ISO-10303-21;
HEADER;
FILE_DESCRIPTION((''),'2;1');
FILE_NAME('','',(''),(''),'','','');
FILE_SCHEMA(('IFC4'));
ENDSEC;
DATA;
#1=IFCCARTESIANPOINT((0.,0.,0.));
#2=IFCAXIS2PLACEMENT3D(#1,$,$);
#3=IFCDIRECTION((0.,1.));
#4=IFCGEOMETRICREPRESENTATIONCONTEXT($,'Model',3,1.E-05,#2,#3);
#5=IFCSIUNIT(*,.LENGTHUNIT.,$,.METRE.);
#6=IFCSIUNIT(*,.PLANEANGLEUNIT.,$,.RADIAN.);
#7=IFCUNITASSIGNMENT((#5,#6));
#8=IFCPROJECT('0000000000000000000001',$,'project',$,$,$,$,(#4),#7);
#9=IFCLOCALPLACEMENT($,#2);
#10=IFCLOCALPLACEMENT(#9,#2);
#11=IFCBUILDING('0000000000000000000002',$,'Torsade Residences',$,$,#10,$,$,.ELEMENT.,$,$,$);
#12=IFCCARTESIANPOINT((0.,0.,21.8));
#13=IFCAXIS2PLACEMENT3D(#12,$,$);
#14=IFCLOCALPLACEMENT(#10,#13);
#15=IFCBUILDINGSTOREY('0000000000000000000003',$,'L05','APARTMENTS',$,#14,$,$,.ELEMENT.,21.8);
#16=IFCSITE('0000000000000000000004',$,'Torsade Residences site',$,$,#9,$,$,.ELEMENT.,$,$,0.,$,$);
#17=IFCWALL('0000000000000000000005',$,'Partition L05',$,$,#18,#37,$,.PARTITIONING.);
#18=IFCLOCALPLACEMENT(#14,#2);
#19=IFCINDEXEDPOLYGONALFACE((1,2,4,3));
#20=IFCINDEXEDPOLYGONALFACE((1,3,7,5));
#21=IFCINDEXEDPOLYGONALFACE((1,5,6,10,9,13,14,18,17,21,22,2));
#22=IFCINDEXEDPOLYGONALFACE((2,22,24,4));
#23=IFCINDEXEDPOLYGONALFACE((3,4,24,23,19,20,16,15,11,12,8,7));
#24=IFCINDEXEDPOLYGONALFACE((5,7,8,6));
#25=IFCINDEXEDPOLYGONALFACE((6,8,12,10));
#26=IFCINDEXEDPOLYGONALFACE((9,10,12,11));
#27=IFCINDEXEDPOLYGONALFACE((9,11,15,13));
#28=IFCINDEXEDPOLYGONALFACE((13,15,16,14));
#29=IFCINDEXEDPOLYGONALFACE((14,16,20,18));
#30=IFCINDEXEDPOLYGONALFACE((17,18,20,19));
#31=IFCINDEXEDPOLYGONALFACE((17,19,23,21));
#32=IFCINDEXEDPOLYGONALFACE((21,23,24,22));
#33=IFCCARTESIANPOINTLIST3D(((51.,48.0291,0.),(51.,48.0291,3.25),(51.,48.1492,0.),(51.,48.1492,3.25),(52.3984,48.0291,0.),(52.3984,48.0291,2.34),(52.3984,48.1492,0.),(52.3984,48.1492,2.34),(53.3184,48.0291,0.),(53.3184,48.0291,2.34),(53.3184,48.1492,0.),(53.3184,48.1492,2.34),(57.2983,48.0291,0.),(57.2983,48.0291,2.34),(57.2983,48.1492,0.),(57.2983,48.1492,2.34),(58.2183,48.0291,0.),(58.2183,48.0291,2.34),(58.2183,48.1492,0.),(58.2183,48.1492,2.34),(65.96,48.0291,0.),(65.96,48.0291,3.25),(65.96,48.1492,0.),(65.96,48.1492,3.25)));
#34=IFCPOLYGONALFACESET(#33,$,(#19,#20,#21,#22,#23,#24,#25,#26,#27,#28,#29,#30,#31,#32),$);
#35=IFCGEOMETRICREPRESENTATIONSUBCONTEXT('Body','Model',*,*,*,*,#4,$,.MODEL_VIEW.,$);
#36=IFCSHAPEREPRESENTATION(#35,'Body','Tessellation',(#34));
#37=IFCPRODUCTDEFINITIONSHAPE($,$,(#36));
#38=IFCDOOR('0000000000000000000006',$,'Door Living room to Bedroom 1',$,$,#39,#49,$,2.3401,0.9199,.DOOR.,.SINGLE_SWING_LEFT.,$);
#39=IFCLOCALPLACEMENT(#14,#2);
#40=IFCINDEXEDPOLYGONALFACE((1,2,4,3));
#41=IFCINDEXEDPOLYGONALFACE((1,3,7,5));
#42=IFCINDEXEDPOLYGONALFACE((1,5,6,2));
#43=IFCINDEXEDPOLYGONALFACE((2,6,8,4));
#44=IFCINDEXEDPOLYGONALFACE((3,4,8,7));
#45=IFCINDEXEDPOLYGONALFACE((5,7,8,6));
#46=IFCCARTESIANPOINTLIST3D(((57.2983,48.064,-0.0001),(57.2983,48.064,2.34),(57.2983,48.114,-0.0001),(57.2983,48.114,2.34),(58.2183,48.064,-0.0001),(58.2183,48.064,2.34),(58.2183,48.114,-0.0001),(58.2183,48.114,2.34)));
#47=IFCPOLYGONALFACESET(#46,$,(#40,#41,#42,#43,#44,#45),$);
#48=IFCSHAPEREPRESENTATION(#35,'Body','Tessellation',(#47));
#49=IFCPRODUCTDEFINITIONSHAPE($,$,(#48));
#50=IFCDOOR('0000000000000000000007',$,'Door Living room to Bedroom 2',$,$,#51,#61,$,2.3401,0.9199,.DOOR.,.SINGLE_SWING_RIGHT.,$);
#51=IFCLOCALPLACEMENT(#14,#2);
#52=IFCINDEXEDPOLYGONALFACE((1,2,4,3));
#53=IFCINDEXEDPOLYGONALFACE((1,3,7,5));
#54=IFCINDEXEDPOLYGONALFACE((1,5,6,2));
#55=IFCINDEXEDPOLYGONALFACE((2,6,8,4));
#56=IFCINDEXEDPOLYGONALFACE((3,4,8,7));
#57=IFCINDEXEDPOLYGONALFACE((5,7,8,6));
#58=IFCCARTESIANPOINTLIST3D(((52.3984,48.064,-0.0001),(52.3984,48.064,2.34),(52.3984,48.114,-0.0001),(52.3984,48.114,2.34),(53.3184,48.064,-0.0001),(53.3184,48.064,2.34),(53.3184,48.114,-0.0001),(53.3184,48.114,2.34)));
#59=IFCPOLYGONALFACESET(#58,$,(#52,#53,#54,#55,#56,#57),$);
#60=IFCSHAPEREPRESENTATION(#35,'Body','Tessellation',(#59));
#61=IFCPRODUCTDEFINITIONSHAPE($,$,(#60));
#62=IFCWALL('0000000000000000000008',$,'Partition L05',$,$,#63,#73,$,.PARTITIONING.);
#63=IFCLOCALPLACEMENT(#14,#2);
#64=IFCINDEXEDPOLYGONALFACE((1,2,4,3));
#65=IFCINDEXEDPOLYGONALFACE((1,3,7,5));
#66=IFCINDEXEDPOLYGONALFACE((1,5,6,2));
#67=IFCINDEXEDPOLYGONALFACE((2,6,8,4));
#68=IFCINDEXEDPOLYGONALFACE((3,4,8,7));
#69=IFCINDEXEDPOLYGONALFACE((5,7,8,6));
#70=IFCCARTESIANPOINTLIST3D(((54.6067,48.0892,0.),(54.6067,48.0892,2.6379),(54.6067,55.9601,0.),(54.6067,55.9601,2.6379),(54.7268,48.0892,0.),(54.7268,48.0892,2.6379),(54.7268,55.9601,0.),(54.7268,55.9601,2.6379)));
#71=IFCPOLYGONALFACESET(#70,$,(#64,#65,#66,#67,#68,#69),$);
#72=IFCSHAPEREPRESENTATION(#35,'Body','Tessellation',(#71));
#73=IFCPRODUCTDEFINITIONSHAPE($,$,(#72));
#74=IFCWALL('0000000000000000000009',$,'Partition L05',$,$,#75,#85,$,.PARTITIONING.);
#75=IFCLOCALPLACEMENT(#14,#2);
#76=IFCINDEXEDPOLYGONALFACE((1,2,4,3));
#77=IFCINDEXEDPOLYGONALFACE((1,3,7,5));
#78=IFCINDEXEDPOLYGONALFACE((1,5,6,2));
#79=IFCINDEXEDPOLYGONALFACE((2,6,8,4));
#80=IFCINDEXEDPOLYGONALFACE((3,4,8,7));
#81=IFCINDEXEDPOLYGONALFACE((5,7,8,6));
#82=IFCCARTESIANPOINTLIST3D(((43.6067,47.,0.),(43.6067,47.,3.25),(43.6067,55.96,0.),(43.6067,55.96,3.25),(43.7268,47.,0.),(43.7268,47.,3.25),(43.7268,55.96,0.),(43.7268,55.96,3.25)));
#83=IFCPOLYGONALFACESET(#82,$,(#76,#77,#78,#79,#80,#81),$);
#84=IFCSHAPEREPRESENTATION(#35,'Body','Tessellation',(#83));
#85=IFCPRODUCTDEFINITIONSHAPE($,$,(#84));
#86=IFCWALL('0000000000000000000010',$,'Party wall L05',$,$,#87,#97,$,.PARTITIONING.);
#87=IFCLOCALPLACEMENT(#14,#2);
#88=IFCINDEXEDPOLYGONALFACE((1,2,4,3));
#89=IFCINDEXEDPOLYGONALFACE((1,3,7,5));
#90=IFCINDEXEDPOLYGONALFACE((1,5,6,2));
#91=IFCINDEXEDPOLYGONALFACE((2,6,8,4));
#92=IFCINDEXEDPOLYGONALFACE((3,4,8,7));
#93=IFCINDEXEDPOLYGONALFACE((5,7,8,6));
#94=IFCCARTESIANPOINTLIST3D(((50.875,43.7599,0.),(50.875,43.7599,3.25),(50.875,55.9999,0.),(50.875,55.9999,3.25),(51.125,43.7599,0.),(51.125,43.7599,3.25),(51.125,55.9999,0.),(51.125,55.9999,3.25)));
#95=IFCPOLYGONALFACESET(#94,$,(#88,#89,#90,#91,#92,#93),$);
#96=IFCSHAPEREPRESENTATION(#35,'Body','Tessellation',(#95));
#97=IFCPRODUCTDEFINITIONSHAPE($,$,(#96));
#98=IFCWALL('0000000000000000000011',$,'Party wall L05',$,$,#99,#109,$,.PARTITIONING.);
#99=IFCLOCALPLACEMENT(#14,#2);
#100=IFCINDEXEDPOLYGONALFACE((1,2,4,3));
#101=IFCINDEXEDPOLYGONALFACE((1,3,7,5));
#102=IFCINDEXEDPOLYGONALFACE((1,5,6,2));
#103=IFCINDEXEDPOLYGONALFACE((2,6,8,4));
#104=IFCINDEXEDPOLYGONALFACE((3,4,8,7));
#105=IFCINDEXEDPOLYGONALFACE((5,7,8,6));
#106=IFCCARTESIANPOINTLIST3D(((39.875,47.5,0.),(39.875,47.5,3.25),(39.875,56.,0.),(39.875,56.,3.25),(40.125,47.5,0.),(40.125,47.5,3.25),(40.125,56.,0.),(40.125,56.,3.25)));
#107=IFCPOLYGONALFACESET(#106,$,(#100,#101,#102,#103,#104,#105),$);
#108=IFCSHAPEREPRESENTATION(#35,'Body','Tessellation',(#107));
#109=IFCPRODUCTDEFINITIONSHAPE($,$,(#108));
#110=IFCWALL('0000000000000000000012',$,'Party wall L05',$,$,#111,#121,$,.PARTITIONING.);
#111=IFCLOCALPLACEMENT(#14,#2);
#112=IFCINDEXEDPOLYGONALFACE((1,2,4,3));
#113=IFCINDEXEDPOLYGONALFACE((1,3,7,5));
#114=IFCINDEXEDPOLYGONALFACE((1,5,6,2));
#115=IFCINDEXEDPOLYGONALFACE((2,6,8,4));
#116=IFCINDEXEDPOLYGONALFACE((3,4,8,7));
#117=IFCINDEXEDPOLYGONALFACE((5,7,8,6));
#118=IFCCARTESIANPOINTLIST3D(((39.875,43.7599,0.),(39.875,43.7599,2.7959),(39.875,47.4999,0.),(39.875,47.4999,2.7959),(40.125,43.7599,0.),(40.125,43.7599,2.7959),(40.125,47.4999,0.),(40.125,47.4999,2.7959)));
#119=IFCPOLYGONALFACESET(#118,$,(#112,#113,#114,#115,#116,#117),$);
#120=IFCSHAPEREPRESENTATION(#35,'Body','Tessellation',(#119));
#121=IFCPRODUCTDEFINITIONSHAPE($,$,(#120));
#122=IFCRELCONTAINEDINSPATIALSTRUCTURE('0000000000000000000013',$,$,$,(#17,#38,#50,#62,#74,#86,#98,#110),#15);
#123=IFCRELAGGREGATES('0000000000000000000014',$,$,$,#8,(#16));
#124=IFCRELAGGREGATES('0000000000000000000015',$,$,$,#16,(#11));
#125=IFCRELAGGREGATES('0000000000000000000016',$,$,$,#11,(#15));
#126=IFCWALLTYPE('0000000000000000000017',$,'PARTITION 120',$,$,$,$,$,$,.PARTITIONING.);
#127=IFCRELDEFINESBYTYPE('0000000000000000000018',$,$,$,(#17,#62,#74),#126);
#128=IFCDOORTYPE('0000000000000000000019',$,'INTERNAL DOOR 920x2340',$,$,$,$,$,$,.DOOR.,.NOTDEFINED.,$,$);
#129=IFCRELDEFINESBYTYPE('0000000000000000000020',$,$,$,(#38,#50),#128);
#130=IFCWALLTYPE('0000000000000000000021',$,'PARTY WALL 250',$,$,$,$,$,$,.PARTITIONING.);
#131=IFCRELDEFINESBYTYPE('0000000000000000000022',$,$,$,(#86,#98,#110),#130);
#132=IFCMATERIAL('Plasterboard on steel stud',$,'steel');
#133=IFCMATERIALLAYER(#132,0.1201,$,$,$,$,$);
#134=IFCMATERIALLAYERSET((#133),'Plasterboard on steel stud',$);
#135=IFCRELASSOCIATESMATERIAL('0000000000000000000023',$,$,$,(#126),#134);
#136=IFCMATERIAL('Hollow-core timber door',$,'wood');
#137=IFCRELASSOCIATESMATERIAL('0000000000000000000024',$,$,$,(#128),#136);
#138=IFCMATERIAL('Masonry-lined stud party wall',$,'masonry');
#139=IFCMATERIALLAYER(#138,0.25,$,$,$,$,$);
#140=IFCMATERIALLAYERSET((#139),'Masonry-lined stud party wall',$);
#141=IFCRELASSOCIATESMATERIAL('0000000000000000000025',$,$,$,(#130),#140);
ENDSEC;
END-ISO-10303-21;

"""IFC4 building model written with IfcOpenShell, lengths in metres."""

from ifc_helpers import new_model, si_unit, direction, frame, frame_2d, origin, place, context, subcontext, project, spatial, rectangle, extrude, material, layer, layer_set, type_object, element, fill, save


model = new_model("IFC4")

# Units and contexts
model_context = context("Model", 3, precision=1e-05, world=origin(), true_north=direction((0.0, 1.0)))
body_context = subcontext(model_context, "Body", "Model", "MODEL_VIEW")
ifc_project = project(units=[si_unit("LENGTHUNIT", "METRE"), si_unit("PLANEANGLEUNIT", "RADIAN")], contexts=[model_context])

# Site, building, storey
site_placement = place(None, origin())
site = spatial("IfcSite", under=ifc_project, at=site_placement, Name="Torsade Residences site", CompositionType="ELEMENT", RefElevation=0.0)
building_placement = place(site_placement, origin())
building = spatial("IfcBuilding", under=site, at=building_placement, Name="Torsade Residences", CompositionType="ELEMENT")
storey_placement = place(building_placement, frame((0.0, 0.0, 21.8)))
storey = spatial("IfcBuildingStorey", under=building, at=storey_placement, Name="L05", Description="APARTMENTS", CompositionType="ELEMENT", Elevation=21.8)

# Wall, openings, doors
ifc_material_1 = material(Name="Plasterboard on steel stud", Category="steel")
ifc_layer_1 = layer(ifc_material_1, 0.1201)
ifc_layer_set_1 = layer_set([ifc_layer_1], Name="Plasterboard on steel stud")
wall_type_1 = type_object("IfcWallType", Name="PARTITION 120", PredefinedType="PARTITIONING", material=ifc_layer_set_1)
wall_1_placement = place(storey_placement, frame((51.0, 48.0891, 0.0), z_axis=(0.0, 0.0, 1.0), x_axis=(1.0, 0.0, 0.0)))
wall_1 = element("IfcWall", 1, at=wall_1_placement, inside=storey, type_object=wall_type_1, Name="Partition L05", PredefinedType="PARTITIONING", context=body_context, shape_type="SweptSolid", body=[
    extrude(rectangle(XDim=14.96, YDim=0.1201, at=frame_2d((7.48, 0.0))), origin(), (0.0, 0.0, 1.0), 3.25),
])
opening_1_placement = place(wall_1_placement, frame((6.2983, 0.0, 0.0)))
opening_1 = element("IfcOpeningElement", 2, at=opening_1_placement, cuts=wall_1, PredefinedType="OPENING", context=body_context, shape_type="SweptSolid", body=[
    extrude(rectangle(XDim=0.9199, YDim=2.3401, at=frame_2d((0.46, 1.1699))), frame((0.0, 0.0701, 0.0), z_axis=(0.0, -1.0, 0.0), x_axis=(1.0, 0.0, 0.0)), (0.0, 0.0, 1.0), 0.1401),
])
opening_2_placement = place(wall_1_placement, frame((1.3984, 0.0, 0.0)))
opening_2 = element("IfcOpeningElement", 3, at=opening_2_placement, cuts=wall_1, PredefinedType="OPENING", context=body_context, shape_type="SweptSolid", body=[
    extrude(rectangle(XDim=0.9199, YDim=2.3401, at=frame_2d((0.46, 1.1699))), frame((0.0, 0.0701, 0.0), z_axis=(0.0, -1.0, 0.0), x_axis=(1.0, 0.0, 0.0)), (0.0, 0.0, 1.0), 0.1401),
])
ifc_material_2 = material(Name="Hollow-core timber door", Category="wood")
door_type = type_object("IfcDoorType", Name="INTERNAL DOOR 920x2340", OperationType="NOTDEFINED", PredefinedType="DOOR", material=ifc_material_2)
door_1_placement = place(opening_1_placement, origin())
door_1 = element("IfcDoor", 4, at=door_1_placement, inside=storey, type_object=door_type, Name="Door Living room to Bedroom 1", OperationType="SINGLE_SWING_LEFT", OverallHeight=2.3401, OverallWidth=0.9199, PredefinedType="DOOR", context=body_context, shape_type="SweptSolid", body=[
    extrude(rectangle(XDim=0.9199, YDim=2.3401, at=frame_2d((0.46, 1.1699))), frame((0.0, 0.0249, 0.0), z_axis=(0.0, -1.0, 0.0), x_axis=(1.0, 0.0, 0.0)), (0.0, 0.0, 1.0), 0.05),
])
fill(opening_1, door_1)
door_2_placement = place(opening_2_placement, origin())
door_2 = element("IfcDoor", 5, at=door_2_placement, inside=storey, type_object=door_type, Name="Door Living room to Bedroom 2", OperationType="SINGLE_SWING_RIGHT", OverallHeight=2.3401, OverallWidth=0.9199, PredefinedType="DOOR", context=body_context, shape_type="SweptSolid", body=[
    extrude(rectangle(XDim=0.9199, YDim=2.3401, at=frame_2d((0.46, 1.1699))), frame((0.0, 0.0249, 0.0), z_axis=(0.0, -1.0, 0.0), x_axis=(1.0, 0.0, 0.0)), (0.0, 0.0, 1.0), 0.05),
])
fill(opening_2, door_2)

# Walls
wall_2_placement = place(storey_placement, frame((54.6667, 48.0891, 0.0), z_axis=(0.0, 0.0, 1.0), x_axis=(0.0, 1.0, 0.0)))
element("IfcWall", 6, at=wall_2_placement, inside=storey, type_object=wall_type_1, Name="Partition L05", PredefinedType="PARTITIONING", context=body_context, shape_type="SweptSolid", body=[
    extrude(rectangle(XDim=7.8708, YDim=0.1201, at=frame_2d((3.9355, 0.0))), origin(), (0.0, 0.0, 1.0), 2.6379),
])
wall_3_placement = place(storey_placement, frame((43.6667, 55.96, 0.0), z_axis=(0.0, 0.0, 1.0), x_axis=(0.0, -1.0, 0.0)))
element("IfcWall", 7, at=wall_3_placement, inside=storey, type_object=wall_type_1, Name="Partition L05", PredefinedType="PARTITIONING", context=body_context, shape_type="SweptSolid", body=[
    extrude(rectangle(XDim=8.96, YDim=0.1201, at=frame_2d((4.48, 0.0))), origin(), (0.0, 0.0, 1.0), 3.25),
])
ifc_material_3 = material(Name="Masonry-lined stud party wall", Category="masonry")
ifc_layer_2 = layer(ifc_material_3, 0.25)
ifc_layer_set_2 = layer_set([ifc_layer_2], Name="Masonry-lined stud party wall")
wall_type_2 = type_object("IfcWallType", Name="PARTY WALL 250", PredefinedType="PARTITIONING", material=ifc_layer_set_2)
wall_4_placement = place(storey_placement, frame((51.0, 56.0, 0.0), z_axis=(0.0, 0.0, 1.0), x_axis=(0.0, -1.0, 0.0)))
element("IfcWall", 8, at=wall_4_placement, inside=storey, type_object=wall_type_2, Name="Party wall L05", PredefinedType="PARTITIONING", context=body_context, shape_type="SweptSolid", body=[
    extrude(rectangle(XDim=12.24, YDim=0.25, at=frame_2d((6.1201, 0.0))), origin(), (0.0, 0.0, 1.0), 3.25),
])
wall_5_placement = place(storey_placement, frame((40.0, 56.0, 0.0), z_axis=(0.0, 0.0, 1.0), x_axis=(0.0, -1.0, 0.0)))
element("IfcWall", 9, at=wall_5_placement, inside=storey, type_object=wall_type_2, Name="Party wall L05", PredefinedType="PARTITIONING", context=body_context, shape_type="SweptSolid", body=[
    extrude(rectangle(XDim=8.5, YDim=0.25, at=frame_2d((4.25, 0.0))), origin(), (0.0, 0.0, 1.0), 3.25),
])
wall_6_placement = place(storey_placement, frame((40.0, 47.5, 0.0), z_axis=(0.0, 0.0, 1.0), x_axis=(0.0, -1.0, 0.0)))
element("IfcWall", 10, at=wall_6_placement, inside=storey, type_object=wall_type_2, Name="Party wall L05", PredefinedType="PARTITIONING", context=body_context, shape_type="SweptSolid", body=[
    extrude(rectangle(XDim=3.74, YDim=0.25, at=frame_2d((1.8701, 0.0))), origin(), (0.0, 0.0, 1.0), 2.7959),
])

save(model, "model.ifc")
